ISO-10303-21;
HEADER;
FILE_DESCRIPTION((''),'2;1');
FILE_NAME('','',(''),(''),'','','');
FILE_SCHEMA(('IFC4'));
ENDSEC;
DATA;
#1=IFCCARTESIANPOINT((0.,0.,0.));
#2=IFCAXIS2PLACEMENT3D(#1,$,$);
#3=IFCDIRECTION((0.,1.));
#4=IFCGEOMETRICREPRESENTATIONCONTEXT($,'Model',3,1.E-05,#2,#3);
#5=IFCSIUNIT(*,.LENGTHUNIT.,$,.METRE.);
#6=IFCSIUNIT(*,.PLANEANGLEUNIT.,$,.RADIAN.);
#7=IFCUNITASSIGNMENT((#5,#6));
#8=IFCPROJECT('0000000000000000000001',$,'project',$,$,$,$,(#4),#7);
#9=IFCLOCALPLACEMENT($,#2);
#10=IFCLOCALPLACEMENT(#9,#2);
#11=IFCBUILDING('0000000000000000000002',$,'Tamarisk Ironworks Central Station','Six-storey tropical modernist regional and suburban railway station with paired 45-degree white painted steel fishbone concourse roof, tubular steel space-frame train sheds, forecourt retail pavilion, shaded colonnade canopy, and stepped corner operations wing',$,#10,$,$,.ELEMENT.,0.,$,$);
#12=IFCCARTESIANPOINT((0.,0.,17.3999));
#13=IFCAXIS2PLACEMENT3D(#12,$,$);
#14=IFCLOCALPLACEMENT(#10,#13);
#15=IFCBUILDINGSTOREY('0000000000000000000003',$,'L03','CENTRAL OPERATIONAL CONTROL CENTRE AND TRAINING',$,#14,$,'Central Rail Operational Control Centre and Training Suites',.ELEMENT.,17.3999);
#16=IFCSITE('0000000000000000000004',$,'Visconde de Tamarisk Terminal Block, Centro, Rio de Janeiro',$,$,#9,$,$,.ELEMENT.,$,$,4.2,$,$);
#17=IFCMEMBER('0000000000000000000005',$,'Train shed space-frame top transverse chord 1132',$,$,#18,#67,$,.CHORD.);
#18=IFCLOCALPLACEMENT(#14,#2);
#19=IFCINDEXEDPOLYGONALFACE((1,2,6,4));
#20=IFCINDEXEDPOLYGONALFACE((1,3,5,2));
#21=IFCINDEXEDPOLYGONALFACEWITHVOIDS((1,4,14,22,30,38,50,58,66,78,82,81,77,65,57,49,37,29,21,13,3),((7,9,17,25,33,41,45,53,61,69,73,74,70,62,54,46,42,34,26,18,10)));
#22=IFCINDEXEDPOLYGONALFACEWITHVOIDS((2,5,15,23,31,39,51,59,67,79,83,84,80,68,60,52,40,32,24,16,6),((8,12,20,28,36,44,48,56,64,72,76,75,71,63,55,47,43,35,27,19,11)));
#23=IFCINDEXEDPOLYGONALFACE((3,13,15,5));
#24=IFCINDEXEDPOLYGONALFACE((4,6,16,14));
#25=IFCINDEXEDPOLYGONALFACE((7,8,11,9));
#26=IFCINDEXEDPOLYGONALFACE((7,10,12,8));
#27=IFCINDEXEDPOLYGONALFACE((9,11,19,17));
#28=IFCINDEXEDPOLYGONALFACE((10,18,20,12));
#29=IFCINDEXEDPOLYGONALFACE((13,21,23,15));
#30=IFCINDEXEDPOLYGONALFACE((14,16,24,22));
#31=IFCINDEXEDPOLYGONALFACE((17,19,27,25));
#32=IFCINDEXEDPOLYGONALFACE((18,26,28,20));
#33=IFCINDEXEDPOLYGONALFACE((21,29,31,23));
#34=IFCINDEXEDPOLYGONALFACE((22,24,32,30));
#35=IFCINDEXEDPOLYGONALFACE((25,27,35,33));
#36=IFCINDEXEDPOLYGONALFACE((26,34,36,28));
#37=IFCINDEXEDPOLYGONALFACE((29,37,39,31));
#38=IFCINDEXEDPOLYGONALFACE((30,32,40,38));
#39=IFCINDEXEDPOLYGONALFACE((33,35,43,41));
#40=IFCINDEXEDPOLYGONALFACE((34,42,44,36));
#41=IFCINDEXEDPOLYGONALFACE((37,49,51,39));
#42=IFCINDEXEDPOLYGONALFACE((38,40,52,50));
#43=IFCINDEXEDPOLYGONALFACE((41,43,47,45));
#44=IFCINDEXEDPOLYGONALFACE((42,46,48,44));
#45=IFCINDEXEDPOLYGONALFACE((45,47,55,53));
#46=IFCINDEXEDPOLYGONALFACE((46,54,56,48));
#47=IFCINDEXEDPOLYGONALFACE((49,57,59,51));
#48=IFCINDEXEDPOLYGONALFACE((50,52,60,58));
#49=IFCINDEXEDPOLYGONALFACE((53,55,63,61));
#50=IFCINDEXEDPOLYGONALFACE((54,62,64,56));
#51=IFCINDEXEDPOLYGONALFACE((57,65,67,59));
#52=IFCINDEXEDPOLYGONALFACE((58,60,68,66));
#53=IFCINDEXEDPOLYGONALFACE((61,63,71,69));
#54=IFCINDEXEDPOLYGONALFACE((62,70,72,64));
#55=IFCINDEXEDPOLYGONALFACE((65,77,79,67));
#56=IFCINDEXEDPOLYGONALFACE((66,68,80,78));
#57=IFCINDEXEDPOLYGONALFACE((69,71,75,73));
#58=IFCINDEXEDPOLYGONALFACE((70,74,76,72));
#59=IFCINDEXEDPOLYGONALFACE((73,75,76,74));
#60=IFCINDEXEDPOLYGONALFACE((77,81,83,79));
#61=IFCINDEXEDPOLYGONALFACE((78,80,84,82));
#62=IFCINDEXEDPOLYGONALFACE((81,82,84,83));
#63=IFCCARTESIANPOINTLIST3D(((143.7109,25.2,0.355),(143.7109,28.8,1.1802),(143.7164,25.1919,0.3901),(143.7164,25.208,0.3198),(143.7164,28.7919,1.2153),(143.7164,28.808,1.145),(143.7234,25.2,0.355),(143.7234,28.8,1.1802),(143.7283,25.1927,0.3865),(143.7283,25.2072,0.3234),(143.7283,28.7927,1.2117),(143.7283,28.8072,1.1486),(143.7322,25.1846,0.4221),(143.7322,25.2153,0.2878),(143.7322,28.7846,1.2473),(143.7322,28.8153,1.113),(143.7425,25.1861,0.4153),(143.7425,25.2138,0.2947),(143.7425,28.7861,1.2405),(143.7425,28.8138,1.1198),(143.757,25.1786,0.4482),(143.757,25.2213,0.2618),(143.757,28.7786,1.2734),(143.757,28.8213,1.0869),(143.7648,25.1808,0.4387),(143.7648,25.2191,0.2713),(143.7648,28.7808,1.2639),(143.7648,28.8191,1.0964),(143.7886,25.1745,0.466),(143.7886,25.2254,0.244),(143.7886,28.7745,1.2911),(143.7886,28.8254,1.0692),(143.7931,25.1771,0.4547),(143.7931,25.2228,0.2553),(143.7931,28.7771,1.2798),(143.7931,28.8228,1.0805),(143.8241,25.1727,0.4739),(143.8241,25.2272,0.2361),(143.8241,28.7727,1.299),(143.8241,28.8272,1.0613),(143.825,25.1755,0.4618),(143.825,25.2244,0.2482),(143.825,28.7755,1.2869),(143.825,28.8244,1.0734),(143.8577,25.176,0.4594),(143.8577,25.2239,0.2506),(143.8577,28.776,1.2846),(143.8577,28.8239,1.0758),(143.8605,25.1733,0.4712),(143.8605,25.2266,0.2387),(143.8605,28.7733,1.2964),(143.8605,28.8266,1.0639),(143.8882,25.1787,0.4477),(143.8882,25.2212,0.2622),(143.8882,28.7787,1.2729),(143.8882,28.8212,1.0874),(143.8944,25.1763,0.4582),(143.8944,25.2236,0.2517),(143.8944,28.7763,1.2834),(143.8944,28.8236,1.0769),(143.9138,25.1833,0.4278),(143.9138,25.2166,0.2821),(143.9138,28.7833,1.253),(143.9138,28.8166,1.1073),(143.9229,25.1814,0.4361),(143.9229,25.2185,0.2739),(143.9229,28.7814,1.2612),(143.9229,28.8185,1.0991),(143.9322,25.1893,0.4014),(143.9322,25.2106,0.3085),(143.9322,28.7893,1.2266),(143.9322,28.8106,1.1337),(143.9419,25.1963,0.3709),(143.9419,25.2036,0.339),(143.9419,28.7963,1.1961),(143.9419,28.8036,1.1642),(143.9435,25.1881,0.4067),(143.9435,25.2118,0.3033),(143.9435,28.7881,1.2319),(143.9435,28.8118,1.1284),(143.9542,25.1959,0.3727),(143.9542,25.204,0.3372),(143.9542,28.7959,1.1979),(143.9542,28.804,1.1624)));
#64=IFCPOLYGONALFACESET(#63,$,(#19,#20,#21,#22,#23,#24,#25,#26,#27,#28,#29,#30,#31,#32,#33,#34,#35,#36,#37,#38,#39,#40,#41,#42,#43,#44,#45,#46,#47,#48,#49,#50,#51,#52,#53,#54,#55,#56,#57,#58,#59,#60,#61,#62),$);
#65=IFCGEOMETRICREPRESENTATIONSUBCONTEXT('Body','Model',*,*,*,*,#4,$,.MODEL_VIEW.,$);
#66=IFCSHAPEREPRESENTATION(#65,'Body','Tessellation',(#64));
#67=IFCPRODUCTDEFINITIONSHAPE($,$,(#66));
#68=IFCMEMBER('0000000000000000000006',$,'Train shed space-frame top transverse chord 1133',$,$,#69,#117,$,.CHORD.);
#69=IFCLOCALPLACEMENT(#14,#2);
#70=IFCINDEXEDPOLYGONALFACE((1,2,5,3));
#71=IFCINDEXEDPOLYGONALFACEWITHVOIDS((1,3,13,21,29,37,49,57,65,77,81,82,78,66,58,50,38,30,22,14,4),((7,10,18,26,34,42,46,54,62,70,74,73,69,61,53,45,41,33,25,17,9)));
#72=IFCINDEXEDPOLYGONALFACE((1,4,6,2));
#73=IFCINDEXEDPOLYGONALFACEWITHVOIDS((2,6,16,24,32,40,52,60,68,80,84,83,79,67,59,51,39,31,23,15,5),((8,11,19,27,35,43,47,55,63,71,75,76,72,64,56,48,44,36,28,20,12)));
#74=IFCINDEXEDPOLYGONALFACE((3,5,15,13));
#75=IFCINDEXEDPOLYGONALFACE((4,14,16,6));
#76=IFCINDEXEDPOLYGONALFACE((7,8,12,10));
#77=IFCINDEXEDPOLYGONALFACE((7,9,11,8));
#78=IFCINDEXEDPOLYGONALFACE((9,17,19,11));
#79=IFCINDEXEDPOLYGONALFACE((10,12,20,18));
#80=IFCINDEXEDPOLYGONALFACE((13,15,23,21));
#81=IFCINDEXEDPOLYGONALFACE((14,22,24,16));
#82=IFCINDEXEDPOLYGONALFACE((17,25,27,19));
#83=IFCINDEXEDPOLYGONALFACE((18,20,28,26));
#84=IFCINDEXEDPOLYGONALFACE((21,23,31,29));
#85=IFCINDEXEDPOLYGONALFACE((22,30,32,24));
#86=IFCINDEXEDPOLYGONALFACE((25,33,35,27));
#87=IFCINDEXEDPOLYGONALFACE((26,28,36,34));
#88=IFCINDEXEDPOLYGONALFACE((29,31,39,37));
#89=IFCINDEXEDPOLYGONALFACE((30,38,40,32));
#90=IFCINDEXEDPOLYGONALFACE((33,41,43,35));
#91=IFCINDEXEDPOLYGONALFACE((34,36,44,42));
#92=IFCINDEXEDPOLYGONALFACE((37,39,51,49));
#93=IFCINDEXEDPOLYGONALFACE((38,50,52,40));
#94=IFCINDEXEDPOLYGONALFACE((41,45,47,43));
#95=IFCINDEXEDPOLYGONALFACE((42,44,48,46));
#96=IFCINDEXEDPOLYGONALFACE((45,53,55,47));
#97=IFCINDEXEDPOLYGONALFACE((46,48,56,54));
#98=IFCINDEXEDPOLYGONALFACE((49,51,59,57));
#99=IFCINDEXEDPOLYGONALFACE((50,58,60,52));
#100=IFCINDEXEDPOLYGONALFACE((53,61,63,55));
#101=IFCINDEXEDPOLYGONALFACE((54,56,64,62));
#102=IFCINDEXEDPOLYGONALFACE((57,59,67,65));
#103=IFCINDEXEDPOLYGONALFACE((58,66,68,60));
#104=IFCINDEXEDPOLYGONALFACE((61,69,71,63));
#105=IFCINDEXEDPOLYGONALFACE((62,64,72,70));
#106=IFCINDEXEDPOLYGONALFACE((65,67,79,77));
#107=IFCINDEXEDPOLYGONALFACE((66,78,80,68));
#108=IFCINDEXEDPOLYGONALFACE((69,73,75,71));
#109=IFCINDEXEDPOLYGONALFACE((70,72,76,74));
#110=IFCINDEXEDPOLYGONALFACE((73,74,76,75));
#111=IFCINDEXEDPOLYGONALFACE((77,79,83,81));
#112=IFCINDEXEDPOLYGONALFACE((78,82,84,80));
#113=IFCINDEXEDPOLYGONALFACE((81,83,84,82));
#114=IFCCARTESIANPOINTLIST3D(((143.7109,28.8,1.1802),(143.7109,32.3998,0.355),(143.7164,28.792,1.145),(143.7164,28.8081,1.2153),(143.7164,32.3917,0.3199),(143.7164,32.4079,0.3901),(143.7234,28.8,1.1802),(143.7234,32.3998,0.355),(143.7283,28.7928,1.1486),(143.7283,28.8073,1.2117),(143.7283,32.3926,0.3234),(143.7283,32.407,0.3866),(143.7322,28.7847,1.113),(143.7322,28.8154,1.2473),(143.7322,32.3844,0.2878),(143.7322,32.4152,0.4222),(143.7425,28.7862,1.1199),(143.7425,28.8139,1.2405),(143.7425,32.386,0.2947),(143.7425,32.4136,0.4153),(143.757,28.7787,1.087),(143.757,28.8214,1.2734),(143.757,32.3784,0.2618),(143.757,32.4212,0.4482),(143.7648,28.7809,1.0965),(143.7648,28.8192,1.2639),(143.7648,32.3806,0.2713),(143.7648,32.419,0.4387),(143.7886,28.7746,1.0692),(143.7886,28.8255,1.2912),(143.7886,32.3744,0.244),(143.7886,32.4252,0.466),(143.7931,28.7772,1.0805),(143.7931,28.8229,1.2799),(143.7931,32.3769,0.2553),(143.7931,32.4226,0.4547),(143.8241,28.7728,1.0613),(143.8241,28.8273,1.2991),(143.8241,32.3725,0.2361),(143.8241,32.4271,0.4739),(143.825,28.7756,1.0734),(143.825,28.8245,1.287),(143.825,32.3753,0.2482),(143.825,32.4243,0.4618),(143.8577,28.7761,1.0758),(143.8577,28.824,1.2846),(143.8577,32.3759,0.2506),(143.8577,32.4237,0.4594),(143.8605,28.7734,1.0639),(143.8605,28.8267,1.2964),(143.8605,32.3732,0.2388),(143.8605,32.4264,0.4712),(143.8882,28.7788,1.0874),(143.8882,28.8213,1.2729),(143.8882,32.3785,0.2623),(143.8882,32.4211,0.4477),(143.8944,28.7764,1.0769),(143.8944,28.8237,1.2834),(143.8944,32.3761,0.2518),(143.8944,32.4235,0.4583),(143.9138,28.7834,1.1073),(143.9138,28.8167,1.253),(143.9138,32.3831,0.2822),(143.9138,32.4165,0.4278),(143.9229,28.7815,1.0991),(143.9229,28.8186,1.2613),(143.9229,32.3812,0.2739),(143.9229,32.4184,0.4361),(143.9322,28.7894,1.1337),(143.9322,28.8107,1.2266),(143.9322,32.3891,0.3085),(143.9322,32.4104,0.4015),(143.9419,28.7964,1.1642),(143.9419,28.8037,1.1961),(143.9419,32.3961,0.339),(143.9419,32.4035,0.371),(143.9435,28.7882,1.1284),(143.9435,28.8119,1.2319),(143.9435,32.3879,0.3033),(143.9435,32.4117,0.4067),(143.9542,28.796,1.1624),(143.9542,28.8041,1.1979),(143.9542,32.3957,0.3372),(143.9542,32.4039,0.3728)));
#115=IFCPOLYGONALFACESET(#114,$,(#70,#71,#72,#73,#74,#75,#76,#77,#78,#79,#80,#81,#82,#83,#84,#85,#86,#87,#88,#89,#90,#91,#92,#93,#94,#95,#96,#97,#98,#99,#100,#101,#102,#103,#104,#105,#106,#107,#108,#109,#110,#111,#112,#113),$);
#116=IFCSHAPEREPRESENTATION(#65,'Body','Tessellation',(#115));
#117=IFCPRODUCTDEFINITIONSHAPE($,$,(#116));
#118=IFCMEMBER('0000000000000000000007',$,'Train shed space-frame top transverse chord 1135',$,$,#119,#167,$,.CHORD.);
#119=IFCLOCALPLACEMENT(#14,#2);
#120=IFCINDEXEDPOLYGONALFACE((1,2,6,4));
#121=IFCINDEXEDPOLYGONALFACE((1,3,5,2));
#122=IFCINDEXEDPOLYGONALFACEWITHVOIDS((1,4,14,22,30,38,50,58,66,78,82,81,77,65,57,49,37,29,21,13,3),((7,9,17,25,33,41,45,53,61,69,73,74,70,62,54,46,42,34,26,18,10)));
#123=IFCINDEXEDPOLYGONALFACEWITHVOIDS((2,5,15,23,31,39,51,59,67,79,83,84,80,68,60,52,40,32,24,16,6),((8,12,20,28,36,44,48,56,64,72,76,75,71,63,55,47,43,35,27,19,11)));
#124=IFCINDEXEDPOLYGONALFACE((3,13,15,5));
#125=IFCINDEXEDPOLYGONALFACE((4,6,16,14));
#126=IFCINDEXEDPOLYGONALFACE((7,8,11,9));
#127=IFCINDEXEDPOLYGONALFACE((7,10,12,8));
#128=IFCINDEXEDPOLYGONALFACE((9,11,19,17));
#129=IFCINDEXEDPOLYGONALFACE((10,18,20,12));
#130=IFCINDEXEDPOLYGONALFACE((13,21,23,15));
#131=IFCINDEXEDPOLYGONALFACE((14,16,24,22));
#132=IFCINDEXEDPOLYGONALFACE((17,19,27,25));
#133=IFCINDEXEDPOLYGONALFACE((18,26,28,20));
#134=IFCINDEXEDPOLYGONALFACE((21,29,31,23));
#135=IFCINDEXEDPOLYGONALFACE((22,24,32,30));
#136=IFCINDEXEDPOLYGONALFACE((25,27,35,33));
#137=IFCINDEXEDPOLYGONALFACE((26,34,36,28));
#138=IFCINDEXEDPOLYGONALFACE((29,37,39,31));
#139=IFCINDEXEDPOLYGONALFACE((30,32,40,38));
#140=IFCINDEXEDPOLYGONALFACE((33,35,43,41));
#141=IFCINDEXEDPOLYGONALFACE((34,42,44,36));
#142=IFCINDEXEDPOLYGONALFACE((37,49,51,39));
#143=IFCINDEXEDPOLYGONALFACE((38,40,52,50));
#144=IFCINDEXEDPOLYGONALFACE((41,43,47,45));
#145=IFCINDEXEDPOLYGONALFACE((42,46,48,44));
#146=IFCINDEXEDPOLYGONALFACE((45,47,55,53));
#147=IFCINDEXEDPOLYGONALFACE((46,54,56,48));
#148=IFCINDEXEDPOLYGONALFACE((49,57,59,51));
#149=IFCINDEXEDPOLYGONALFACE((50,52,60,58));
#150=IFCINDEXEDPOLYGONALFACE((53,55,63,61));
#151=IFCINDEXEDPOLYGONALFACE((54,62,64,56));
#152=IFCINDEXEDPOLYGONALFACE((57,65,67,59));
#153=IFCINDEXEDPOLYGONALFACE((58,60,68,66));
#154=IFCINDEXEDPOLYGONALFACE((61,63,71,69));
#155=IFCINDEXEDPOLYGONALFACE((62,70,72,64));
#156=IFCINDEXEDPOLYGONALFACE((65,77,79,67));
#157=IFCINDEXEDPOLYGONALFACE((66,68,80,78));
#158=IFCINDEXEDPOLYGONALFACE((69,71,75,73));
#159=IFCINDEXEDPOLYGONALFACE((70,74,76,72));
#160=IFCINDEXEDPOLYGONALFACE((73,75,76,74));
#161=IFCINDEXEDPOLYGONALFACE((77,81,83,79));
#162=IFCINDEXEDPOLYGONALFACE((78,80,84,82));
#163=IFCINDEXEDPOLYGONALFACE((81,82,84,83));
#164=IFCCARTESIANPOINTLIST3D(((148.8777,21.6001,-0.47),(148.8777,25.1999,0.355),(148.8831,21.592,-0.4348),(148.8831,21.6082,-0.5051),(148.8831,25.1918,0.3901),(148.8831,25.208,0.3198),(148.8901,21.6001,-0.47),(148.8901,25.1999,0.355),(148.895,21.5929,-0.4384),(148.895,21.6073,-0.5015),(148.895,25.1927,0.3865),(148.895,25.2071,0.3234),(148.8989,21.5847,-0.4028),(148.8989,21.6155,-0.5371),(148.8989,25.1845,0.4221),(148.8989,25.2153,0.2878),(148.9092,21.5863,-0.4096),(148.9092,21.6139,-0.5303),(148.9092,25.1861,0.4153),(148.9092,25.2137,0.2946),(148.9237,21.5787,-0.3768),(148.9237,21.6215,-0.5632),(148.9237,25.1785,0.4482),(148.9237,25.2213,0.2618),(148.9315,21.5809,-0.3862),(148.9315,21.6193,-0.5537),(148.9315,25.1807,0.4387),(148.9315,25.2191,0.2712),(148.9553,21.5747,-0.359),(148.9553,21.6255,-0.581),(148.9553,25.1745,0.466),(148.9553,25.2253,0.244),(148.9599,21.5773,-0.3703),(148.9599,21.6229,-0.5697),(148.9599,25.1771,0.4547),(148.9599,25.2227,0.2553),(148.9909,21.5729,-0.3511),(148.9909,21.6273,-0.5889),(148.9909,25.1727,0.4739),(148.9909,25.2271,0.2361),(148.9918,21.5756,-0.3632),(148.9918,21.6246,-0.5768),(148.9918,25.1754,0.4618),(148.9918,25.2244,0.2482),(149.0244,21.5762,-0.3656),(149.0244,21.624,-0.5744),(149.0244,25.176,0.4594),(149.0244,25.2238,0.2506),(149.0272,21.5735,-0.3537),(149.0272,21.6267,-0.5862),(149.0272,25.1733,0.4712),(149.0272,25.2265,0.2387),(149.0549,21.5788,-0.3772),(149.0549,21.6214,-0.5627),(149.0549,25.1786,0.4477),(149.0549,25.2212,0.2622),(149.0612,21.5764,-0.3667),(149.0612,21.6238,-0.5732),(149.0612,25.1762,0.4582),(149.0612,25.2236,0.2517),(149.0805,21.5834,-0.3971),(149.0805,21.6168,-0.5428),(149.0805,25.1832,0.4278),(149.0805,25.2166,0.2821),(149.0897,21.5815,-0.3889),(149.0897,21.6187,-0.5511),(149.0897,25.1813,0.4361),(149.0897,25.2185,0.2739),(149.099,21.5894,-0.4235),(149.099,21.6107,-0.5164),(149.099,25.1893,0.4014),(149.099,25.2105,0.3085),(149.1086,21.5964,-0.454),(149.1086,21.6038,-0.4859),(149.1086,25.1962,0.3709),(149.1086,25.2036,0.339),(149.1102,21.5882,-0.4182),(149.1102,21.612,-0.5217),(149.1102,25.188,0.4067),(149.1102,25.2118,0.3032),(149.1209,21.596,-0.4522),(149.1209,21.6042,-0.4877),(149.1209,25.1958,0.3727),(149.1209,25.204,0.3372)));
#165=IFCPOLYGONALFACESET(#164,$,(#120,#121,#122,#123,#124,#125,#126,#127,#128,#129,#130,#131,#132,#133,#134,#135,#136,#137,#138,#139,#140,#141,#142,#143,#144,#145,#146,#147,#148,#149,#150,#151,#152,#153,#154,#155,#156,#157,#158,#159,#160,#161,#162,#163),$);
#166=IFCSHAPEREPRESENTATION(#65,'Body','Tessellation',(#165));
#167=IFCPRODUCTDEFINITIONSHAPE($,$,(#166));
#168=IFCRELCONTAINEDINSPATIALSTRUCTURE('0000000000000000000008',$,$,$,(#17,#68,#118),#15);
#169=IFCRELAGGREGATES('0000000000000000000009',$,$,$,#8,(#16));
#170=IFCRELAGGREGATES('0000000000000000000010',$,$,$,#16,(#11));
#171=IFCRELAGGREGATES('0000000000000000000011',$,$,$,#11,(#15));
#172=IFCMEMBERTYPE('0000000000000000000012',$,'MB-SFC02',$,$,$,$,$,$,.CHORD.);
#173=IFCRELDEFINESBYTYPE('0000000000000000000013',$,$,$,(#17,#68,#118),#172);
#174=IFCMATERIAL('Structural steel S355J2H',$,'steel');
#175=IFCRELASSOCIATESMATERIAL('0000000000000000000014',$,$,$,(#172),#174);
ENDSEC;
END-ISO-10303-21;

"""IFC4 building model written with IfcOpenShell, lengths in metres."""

from ifc_helpers import new_model, si_unit, direction, frame, origin, origin_2d, place, context, subcontext, project, spatial, hollow_circle, extrude, material, material_profile, profile_set, type_object, element, save


model = new_model("IFC4")

# Units and contexts
model_context = context("Model", 3, precision=1e-05, world=origin(), true_north=direction((0.0, 1.0)))
body_context = subcontext(model_context, "Body", "Model", "MODEL_VIEW")
ifc_project = project(units=[si_unit("LENGTHUNIT", "METRE"), si_unit("PLANEANGLEUNIT", "RADIAN")], contexts=[model_context])

# Site, building, storey
site_placement = place(None, origin())
site = spatial("IfcSite", under=ifc_project, at=site_placement, Name="Visconde de Tamarisk Terminal Block, Centro, Rio de Janeiro", CompositionType="ELEMENT", RefElevation=4.2)
building_placement = place(site_placement, origin())
building = spatial("IfcBuilding", under=site, at=building_placement, Name="Tamarisk Ironworks Central Station", Description="Six-storey tropical modernist regional and suburban railway station with paired 45-degree white painted steel fishbone concourse roof, tubular steel space-frame train sheds, forecourt retail pavilion, shaded colonnade canopy, and stepped corner operations wing", CompositionType="ELEMENT", ElevationOfRefHeight=0.0)
storey_placement = place(building_placement, frame((0.0, 0.0, 17.3999)))
storey = spatial("IfcBuildingStorey", under=building, at=storey_placement, Name="L03", Description="CENTRAL OPERATIONAL CONTROL CENTRE AND TRAINING", LongName="Central Rail Operational Control Centre and Training Suites", CompositionType="ELEMENT", Elevation=17.3999)

# Members
ifc_material_1 = material(Name="Structural steel S355J2H", Category="steel")
ifc_material_profile_1 = material_profile(ifc_material_1, hollow_circle(Radius=0.1223, WallThickness=0.0125, at=origin_2d()), Name="CHS 244.5x12.5")
ifc_profile_set_1 = profile_set([ifc_material_profile_1], Name="Structural steel S355J2H")
member_type_1 = type_object("IfcMemberType", Name="MB-SFC02", PredefinedType="CHORD", material=ifc_profile_set_1)
member_1_placement = place(storey_placement, frame((143.8333, 25.2, 0.355), z_axis=(0.0, 0.974722, 0.223421), x_axis=(-1.0, 0.0, 0.0)))
element("IfcMember", 1, at=member_1_placement, inside=storey, type_object=member_type_1, Name="Train shed space-frame top transverse chord 1132", PredefinedType="CHORD", context=body_context, shape_type="SweptSolid", body=[
    extrude(hollow_circle(Radius=0.1223, WallThickness=0.0125, at=origin_2d()), origin(), (0.0, 0.0, 1.0), 3.6934),
])
for number, where, z_axis, x_axis, name in (
    (2, (143.8333, 28.8, 1.1802), (0.0, 0.974719, -0.223435), (-1.0, 0.0, 0.0), "Train shed space-frame top transverse chord 1133"),
    (3, (149.0, 21.6001, -0.47), (0.0, 0.974733, 0.223372), (-1.0, 0.0, 0.0), "Train shed space-frame top transverse chord 1135"),
):
    element("IfcMember", number, at=place(storey_placement, frame(where, z_axis=z_axis, x_axis=x_axis)), inside=storey, type_object=member_type_1, Name=name, PredefinedType="CHORD", context=body_context, shape_type="SweptSolid", body=[
        extrude(hollow_circle(Radius=0.1223, WallThickness=0.0125, at=origin_2d()), origin(), (0.0, 0.0, 1.0), 3.6931),
    ])

save(model, "model.ifc")
